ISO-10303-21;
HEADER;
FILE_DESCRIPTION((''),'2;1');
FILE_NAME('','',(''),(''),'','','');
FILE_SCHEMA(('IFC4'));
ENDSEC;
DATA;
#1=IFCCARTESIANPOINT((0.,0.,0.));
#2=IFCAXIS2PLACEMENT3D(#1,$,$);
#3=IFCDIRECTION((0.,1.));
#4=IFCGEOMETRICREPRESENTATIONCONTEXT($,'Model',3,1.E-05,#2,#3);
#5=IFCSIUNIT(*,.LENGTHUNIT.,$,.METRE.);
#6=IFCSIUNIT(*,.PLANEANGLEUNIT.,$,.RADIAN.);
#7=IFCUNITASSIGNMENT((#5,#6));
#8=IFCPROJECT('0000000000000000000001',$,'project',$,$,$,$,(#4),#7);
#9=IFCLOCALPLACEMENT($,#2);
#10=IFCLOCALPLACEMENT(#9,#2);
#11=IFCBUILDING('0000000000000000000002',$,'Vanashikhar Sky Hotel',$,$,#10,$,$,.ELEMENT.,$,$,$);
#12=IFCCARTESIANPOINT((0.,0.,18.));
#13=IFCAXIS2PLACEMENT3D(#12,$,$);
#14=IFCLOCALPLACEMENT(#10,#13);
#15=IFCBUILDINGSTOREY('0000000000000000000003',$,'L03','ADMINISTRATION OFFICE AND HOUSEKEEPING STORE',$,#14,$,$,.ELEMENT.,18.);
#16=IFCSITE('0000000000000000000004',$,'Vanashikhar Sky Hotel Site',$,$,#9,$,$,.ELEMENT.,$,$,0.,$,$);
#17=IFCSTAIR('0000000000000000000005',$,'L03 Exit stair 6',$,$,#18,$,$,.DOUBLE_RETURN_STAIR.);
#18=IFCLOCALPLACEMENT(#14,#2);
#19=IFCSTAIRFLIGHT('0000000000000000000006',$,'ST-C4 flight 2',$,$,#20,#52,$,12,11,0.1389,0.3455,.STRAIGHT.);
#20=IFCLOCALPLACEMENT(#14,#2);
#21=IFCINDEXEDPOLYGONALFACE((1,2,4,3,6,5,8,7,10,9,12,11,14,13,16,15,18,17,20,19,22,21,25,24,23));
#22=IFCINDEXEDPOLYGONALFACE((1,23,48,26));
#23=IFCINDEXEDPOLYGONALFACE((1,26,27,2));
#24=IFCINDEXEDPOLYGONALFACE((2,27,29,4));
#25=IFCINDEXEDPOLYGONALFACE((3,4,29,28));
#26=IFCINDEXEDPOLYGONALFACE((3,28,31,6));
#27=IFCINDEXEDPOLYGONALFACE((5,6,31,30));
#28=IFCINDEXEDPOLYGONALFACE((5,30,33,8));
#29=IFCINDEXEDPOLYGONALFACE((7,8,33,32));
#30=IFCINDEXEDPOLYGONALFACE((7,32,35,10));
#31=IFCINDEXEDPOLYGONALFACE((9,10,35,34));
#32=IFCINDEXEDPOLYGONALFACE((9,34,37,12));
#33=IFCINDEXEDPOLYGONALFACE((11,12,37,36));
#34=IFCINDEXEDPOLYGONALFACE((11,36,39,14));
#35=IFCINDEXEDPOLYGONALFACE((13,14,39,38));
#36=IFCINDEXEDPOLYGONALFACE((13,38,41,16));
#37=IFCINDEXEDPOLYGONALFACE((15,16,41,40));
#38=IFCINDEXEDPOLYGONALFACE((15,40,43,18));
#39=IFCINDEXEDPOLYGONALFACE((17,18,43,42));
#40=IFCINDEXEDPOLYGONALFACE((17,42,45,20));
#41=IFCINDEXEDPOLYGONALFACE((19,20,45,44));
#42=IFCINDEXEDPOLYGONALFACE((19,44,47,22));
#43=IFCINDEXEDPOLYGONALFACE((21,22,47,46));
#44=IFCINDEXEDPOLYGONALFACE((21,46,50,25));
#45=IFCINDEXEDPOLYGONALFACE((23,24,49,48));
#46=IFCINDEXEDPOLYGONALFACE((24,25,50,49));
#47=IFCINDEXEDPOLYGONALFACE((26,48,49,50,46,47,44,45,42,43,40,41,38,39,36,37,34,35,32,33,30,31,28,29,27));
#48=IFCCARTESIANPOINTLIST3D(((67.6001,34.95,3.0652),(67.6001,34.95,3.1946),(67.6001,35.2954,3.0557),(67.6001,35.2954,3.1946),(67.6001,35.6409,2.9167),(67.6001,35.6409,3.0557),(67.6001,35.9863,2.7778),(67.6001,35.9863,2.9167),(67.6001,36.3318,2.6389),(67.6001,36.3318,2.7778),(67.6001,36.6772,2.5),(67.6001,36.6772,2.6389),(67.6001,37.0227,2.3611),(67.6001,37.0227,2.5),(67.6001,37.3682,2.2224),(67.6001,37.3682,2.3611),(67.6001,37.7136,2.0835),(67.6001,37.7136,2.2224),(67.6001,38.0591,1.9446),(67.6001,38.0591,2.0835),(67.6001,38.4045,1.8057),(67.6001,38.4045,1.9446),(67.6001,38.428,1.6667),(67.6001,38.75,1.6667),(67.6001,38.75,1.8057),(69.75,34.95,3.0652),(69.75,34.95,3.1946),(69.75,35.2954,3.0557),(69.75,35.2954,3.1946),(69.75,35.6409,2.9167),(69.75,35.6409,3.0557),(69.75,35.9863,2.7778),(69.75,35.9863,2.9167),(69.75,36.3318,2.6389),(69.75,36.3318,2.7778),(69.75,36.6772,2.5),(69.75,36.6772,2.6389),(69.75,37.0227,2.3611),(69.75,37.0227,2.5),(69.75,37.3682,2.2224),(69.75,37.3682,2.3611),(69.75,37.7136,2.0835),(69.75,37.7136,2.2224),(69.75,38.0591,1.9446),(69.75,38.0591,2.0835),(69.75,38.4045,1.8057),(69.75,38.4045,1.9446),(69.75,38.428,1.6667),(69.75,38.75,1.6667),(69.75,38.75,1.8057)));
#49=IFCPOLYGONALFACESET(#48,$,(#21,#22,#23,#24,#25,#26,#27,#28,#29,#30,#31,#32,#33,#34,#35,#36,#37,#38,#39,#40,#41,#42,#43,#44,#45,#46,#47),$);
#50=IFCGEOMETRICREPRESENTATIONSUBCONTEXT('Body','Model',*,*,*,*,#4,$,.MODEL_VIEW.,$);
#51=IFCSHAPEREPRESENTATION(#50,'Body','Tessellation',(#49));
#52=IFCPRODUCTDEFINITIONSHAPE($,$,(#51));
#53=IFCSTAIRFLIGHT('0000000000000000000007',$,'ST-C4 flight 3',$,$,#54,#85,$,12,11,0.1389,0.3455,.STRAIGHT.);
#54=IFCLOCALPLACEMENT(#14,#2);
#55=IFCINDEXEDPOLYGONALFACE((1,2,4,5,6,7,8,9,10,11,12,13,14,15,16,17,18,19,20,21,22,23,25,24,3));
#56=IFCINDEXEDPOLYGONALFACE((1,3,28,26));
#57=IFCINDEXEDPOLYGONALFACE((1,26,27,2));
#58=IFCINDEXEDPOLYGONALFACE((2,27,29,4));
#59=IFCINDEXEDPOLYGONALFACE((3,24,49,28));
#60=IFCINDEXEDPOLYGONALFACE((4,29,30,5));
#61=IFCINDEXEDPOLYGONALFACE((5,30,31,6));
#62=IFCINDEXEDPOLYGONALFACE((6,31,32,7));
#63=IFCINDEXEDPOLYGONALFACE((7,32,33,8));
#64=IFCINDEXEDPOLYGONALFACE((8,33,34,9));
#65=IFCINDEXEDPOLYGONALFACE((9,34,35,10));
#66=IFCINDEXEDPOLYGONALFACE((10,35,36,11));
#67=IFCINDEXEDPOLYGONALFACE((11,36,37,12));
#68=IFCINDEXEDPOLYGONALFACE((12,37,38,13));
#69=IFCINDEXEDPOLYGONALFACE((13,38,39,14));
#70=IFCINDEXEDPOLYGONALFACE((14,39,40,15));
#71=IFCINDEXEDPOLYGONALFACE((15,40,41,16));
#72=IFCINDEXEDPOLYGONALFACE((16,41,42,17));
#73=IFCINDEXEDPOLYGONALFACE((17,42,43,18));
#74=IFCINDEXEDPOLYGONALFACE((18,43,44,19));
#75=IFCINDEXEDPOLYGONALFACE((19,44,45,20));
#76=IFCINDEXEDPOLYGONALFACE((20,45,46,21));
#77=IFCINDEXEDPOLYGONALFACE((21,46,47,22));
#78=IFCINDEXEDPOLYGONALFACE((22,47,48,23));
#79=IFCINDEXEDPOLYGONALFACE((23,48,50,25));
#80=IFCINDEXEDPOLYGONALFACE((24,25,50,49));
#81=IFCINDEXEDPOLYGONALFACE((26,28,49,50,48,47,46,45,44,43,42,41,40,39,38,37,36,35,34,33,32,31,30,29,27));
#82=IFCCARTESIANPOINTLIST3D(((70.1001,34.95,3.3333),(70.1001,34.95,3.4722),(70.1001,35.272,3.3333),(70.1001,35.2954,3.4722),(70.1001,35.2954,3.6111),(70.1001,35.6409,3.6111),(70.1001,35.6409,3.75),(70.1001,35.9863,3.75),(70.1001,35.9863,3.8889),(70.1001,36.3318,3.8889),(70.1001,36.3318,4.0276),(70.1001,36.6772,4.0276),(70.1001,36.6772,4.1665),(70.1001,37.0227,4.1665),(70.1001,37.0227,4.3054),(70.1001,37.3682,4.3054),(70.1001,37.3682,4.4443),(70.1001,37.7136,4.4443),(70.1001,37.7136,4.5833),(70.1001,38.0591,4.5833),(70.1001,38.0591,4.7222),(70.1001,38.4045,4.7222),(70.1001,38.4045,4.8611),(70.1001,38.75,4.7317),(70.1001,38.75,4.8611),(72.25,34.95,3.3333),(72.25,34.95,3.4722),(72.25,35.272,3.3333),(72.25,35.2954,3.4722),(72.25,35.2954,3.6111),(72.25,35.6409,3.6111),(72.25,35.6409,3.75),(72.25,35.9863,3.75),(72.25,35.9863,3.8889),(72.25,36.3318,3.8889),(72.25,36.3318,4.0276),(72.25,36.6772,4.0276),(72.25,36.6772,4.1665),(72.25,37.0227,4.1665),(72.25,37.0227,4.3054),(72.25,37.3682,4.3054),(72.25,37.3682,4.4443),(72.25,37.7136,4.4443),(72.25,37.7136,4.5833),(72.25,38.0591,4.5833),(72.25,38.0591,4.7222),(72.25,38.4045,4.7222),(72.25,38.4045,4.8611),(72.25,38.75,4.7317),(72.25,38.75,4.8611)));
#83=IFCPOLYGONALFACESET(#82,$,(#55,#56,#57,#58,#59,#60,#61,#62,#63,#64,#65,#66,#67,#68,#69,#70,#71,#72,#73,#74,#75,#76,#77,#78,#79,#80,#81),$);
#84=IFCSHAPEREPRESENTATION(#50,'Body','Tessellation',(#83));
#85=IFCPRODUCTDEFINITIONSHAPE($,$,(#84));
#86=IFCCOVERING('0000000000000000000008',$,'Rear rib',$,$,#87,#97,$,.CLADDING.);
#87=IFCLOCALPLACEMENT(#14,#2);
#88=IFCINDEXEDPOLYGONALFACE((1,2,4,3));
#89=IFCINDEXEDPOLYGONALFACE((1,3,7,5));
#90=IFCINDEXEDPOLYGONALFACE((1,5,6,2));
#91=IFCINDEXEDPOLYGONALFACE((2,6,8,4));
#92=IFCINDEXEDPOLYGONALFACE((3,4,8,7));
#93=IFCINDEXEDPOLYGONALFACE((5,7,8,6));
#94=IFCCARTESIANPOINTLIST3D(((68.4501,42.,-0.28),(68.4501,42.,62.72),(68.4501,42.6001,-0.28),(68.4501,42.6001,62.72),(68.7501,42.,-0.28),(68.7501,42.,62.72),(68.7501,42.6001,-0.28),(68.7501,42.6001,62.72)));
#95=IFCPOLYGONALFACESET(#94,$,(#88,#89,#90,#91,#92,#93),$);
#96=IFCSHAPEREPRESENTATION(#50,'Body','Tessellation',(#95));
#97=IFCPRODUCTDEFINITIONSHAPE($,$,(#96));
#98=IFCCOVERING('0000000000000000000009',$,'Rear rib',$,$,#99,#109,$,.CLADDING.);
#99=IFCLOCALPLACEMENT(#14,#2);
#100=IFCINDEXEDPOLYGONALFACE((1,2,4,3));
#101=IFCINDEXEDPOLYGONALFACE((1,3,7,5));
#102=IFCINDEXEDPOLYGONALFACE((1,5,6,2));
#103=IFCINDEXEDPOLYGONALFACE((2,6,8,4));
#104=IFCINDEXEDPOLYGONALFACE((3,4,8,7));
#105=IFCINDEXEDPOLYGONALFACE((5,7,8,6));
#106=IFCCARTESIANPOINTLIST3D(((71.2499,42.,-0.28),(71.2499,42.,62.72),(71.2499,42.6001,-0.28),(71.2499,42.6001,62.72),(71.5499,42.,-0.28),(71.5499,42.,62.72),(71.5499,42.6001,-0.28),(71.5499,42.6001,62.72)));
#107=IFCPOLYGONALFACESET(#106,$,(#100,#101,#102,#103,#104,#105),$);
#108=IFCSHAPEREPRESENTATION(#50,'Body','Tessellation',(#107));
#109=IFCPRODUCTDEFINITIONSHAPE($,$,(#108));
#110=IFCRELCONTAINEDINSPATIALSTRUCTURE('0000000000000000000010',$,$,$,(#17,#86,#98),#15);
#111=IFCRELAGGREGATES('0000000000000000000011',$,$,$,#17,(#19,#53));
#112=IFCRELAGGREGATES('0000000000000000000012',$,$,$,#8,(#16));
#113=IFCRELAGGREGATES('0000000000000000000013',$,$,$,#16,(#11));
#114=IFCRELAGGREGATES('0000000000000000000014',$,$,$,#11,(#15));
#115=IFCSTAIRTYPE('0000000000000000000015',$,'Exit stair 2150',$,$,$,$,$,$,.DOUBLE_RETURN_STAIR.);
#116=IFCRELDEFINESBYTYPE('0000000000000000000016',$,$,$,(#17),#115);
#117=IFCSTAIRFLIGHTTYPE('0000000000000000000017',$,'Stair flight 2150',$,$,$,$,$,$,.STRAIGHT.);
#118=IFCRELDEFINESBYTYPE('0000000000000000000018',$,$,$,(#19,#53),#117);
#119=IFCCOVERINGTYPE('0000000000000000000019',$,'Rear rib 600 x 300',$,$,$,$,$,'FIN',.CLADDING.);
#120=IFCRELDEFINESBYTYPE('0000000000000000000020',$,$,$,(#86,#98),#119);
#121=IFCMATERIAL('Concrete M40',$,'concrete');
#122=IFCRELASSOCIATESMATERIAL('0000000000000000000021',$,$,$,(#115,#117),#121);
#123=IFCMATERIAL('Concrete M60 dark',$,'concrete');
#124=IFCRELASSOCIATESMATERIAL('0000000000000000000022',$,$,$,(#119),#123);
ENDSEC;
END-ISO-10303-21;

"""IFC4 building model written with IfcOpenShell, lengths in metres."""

from ifc_helpers import new_model, si_unit, direction, frame, origin, origin_2d, place, context, subcontext, project, spatial, polyline, rectangle, outline, extrude, source, transform, mapped, material, material_profile, profile_set, type_object, element, aggregate, save


model = new_model("IFC4")

# Units and contexts
model_context = context("Model", 3, precision=1e-05, world=origin(), true_north=direction((0.0, 1.0)))
body_context = subcontext(model_context, "Body", "Model", "MODEL_VIEW")
ifc_project = project(units=[si_unit("LENGTHUNIT", "METRE"), si_unit("PLANEANGLEUNIT", "RADIAN")], contexts=[model_context])

# Site, building, storey
site_placement = place(None, origin())
site = spatial("IfcSite", under=ifc_project, at=site_placement, Name="Vanashikhar Sky Hotel Site", CompositionType="ELEMENT", RefElevation=0.0)
building_placement = place(site_placement, origin())
building = spatial("IfcBuilding", under=site, at=building_placement, Name="Vanashikhar Sky Hotel", CompositionType="ELEMENT")
storey_placement = place(building_placement, frame((0.0, 0.0, 18.0)))
storey = spatial("IfcBuildingStorey", under=building, at=storey_placement, Name="L03", Description="ADMINISTRATION OFFICE AND HOUSEKEEPING STORE", CompositionType="ELEMENT", Elevation=18.0)

# Stair, stair flights
ifc_material_1 = material(Name="Concrete M40", Category="concrete")
stair_type = type_object("IfcStairType", Name="Exit stair 2150", PredefinedType="DOUBLE_RETURN_STAIR", material=ifc_material_1)
stair_flight_type = type_object("IfcStairFlightType", Name="Stair flight 2150", PredefinedType="STRAIGHT", material=ifc_material_1)
shared_shape_1 = source(origin(), body_context, "Body", "SweptSolid", [
    extrude(outline(polyline([(0.0, 0.0), (0.0, 0.1389), (0.3455, 0.1389), (0.3455, 0.2778), (0.6909, 0.2778), (0.6909, 0.4167), (1.0364, 0.4167), (1.0364, 0.5557), (1.3818, 0.5557), (1.3818, 0.6943), (1.7273, 0.6943), (1.7273, 0.8333), (2.0728, 0.8333), (2.0728, 0.9722), (2.4182, 0.9722), (2.4182, 1.1111), (2.7637, 1.1111), (2.7637, 1.25), (3.1091, 1.25), (3.1091, 1.3889), (3.4546, 1.3889), (3.4546, 1.5278), (3.8, 1.5278), (3.8, 1.6667), (3.8, 1.3984), (0.322, 0.0), (0.0, 0.0)])), frame((0.0, 1.075, 0.0), z_axis=(0.0, -1.0, 0.0), x_axis=(1.0, 0.0, 0.0)), (0.0, 0.0, 1.0), 2.1499),
])
stair_1_placement = place(storey_placement, origin())
stair_1 = element("IfcStair", 1, at=stair_1_placement, inside=storey, type_object=stair_type, Name="L03 Exit stair 6", PredefinedType="DOUBLE_RETURN_STAIR")
stair_flight_1_placement = place(storey_placement, frame((68.675, 38.75, 1.6667), z_axis=(0.0, 0.0, 1.0), x_axis=(0.0, -1.0, 0.0)))
stair_flight_1 = element("IfcStairFlight", 2, at=stair_flight_1_placement, type_object=stair_flight_type, Name="ST-C4 flight 2", NumberOfRisers=12, NumberOfTreads=11, PredefinedType="STRAIGHT", RiserHeight=0.1389, TreadLength=0.3455, context=body_context, shape_type="MappedRepresentation", body=[
    mapped(shared_shape_1, transform((0.0, 0.0, 0.0), scale=1.0)),
])
stair_flight_2_placement = place(storey_placement, frame((71.175, 34.95, 3.3333), z_axis=(0.0, 0.0, 1.0), x_axis=(0.0, 1.0, 0.0)))
stair_flight_2 = element("IfcStairFlight", 3, at=stair_flight_2_placement, type_object=stair_flight_type, Name="ST-C4 flight 3", NumberOfRisers=12, NumberOfTreads=11, PredefinedType="STRAIGHT", RiserHeight=0.1389, TreadLength=0.3455, context=body_context, shape_type="MappedRepresentation", body=[
    mapped(shared_shape_1, transform((0.0, 0.0, 0.0), scale=1.0)),
])
aggregate(stair_1, [stair_flight_1, stair_flight_2])

# Coverings
ifc_material_2 = material(Name="Concrete M60 dark", Category="concrete")
ifc_material_profile = material_profile(ifc_material_2, rectangle(XDim=0.6001, YDim=0.3, at=origin_2d()))
ifc_profile_set = profile_set([ifc_material_profile], Name="Rear rib 600 x 300")
covering_type = type_object("IfcCoveringType", Name="Rear rib 600 x 300", ElementType="FIN", PredefinedType="CLADDING", material=ifc_profile_set)
shared_shape_2 = source(origin(), body_context, "Body", "SweptSolid", [
    extrude(rectangle(XDim=0.6001, YDim=0.3, at=origin_2d()), origin(), (0.0, 0.0, 1.0), 63.0),
])
for number, where, z_axis, x_axis, name in (
    (4, (68.6001, 42.3, -0.28), (0.0, 0.0, 1.0), (0.0, 1.0, 0.0), "Rear rib"),
    (5, (71.3999, 42.3, -0.28), (0.0, 0.0, 1.0), (0.0, 1.0, 0.0), "Rear rib"),
):
    element("IfcCovering", number, at=place(storey_placement, frame(where, z_axis=z_axis, x_axis=x_axis)), inside=storey, type_object=covering_type, Name=name, PredefinedType="CLADDING", context=body_context, shape_type="MappedRepresentation", body=[
        mapped(shared_shape_2, transform((0.0, 0.0, 0.0), scale=1.0)),
    ])

save(model, "model.ifc")
